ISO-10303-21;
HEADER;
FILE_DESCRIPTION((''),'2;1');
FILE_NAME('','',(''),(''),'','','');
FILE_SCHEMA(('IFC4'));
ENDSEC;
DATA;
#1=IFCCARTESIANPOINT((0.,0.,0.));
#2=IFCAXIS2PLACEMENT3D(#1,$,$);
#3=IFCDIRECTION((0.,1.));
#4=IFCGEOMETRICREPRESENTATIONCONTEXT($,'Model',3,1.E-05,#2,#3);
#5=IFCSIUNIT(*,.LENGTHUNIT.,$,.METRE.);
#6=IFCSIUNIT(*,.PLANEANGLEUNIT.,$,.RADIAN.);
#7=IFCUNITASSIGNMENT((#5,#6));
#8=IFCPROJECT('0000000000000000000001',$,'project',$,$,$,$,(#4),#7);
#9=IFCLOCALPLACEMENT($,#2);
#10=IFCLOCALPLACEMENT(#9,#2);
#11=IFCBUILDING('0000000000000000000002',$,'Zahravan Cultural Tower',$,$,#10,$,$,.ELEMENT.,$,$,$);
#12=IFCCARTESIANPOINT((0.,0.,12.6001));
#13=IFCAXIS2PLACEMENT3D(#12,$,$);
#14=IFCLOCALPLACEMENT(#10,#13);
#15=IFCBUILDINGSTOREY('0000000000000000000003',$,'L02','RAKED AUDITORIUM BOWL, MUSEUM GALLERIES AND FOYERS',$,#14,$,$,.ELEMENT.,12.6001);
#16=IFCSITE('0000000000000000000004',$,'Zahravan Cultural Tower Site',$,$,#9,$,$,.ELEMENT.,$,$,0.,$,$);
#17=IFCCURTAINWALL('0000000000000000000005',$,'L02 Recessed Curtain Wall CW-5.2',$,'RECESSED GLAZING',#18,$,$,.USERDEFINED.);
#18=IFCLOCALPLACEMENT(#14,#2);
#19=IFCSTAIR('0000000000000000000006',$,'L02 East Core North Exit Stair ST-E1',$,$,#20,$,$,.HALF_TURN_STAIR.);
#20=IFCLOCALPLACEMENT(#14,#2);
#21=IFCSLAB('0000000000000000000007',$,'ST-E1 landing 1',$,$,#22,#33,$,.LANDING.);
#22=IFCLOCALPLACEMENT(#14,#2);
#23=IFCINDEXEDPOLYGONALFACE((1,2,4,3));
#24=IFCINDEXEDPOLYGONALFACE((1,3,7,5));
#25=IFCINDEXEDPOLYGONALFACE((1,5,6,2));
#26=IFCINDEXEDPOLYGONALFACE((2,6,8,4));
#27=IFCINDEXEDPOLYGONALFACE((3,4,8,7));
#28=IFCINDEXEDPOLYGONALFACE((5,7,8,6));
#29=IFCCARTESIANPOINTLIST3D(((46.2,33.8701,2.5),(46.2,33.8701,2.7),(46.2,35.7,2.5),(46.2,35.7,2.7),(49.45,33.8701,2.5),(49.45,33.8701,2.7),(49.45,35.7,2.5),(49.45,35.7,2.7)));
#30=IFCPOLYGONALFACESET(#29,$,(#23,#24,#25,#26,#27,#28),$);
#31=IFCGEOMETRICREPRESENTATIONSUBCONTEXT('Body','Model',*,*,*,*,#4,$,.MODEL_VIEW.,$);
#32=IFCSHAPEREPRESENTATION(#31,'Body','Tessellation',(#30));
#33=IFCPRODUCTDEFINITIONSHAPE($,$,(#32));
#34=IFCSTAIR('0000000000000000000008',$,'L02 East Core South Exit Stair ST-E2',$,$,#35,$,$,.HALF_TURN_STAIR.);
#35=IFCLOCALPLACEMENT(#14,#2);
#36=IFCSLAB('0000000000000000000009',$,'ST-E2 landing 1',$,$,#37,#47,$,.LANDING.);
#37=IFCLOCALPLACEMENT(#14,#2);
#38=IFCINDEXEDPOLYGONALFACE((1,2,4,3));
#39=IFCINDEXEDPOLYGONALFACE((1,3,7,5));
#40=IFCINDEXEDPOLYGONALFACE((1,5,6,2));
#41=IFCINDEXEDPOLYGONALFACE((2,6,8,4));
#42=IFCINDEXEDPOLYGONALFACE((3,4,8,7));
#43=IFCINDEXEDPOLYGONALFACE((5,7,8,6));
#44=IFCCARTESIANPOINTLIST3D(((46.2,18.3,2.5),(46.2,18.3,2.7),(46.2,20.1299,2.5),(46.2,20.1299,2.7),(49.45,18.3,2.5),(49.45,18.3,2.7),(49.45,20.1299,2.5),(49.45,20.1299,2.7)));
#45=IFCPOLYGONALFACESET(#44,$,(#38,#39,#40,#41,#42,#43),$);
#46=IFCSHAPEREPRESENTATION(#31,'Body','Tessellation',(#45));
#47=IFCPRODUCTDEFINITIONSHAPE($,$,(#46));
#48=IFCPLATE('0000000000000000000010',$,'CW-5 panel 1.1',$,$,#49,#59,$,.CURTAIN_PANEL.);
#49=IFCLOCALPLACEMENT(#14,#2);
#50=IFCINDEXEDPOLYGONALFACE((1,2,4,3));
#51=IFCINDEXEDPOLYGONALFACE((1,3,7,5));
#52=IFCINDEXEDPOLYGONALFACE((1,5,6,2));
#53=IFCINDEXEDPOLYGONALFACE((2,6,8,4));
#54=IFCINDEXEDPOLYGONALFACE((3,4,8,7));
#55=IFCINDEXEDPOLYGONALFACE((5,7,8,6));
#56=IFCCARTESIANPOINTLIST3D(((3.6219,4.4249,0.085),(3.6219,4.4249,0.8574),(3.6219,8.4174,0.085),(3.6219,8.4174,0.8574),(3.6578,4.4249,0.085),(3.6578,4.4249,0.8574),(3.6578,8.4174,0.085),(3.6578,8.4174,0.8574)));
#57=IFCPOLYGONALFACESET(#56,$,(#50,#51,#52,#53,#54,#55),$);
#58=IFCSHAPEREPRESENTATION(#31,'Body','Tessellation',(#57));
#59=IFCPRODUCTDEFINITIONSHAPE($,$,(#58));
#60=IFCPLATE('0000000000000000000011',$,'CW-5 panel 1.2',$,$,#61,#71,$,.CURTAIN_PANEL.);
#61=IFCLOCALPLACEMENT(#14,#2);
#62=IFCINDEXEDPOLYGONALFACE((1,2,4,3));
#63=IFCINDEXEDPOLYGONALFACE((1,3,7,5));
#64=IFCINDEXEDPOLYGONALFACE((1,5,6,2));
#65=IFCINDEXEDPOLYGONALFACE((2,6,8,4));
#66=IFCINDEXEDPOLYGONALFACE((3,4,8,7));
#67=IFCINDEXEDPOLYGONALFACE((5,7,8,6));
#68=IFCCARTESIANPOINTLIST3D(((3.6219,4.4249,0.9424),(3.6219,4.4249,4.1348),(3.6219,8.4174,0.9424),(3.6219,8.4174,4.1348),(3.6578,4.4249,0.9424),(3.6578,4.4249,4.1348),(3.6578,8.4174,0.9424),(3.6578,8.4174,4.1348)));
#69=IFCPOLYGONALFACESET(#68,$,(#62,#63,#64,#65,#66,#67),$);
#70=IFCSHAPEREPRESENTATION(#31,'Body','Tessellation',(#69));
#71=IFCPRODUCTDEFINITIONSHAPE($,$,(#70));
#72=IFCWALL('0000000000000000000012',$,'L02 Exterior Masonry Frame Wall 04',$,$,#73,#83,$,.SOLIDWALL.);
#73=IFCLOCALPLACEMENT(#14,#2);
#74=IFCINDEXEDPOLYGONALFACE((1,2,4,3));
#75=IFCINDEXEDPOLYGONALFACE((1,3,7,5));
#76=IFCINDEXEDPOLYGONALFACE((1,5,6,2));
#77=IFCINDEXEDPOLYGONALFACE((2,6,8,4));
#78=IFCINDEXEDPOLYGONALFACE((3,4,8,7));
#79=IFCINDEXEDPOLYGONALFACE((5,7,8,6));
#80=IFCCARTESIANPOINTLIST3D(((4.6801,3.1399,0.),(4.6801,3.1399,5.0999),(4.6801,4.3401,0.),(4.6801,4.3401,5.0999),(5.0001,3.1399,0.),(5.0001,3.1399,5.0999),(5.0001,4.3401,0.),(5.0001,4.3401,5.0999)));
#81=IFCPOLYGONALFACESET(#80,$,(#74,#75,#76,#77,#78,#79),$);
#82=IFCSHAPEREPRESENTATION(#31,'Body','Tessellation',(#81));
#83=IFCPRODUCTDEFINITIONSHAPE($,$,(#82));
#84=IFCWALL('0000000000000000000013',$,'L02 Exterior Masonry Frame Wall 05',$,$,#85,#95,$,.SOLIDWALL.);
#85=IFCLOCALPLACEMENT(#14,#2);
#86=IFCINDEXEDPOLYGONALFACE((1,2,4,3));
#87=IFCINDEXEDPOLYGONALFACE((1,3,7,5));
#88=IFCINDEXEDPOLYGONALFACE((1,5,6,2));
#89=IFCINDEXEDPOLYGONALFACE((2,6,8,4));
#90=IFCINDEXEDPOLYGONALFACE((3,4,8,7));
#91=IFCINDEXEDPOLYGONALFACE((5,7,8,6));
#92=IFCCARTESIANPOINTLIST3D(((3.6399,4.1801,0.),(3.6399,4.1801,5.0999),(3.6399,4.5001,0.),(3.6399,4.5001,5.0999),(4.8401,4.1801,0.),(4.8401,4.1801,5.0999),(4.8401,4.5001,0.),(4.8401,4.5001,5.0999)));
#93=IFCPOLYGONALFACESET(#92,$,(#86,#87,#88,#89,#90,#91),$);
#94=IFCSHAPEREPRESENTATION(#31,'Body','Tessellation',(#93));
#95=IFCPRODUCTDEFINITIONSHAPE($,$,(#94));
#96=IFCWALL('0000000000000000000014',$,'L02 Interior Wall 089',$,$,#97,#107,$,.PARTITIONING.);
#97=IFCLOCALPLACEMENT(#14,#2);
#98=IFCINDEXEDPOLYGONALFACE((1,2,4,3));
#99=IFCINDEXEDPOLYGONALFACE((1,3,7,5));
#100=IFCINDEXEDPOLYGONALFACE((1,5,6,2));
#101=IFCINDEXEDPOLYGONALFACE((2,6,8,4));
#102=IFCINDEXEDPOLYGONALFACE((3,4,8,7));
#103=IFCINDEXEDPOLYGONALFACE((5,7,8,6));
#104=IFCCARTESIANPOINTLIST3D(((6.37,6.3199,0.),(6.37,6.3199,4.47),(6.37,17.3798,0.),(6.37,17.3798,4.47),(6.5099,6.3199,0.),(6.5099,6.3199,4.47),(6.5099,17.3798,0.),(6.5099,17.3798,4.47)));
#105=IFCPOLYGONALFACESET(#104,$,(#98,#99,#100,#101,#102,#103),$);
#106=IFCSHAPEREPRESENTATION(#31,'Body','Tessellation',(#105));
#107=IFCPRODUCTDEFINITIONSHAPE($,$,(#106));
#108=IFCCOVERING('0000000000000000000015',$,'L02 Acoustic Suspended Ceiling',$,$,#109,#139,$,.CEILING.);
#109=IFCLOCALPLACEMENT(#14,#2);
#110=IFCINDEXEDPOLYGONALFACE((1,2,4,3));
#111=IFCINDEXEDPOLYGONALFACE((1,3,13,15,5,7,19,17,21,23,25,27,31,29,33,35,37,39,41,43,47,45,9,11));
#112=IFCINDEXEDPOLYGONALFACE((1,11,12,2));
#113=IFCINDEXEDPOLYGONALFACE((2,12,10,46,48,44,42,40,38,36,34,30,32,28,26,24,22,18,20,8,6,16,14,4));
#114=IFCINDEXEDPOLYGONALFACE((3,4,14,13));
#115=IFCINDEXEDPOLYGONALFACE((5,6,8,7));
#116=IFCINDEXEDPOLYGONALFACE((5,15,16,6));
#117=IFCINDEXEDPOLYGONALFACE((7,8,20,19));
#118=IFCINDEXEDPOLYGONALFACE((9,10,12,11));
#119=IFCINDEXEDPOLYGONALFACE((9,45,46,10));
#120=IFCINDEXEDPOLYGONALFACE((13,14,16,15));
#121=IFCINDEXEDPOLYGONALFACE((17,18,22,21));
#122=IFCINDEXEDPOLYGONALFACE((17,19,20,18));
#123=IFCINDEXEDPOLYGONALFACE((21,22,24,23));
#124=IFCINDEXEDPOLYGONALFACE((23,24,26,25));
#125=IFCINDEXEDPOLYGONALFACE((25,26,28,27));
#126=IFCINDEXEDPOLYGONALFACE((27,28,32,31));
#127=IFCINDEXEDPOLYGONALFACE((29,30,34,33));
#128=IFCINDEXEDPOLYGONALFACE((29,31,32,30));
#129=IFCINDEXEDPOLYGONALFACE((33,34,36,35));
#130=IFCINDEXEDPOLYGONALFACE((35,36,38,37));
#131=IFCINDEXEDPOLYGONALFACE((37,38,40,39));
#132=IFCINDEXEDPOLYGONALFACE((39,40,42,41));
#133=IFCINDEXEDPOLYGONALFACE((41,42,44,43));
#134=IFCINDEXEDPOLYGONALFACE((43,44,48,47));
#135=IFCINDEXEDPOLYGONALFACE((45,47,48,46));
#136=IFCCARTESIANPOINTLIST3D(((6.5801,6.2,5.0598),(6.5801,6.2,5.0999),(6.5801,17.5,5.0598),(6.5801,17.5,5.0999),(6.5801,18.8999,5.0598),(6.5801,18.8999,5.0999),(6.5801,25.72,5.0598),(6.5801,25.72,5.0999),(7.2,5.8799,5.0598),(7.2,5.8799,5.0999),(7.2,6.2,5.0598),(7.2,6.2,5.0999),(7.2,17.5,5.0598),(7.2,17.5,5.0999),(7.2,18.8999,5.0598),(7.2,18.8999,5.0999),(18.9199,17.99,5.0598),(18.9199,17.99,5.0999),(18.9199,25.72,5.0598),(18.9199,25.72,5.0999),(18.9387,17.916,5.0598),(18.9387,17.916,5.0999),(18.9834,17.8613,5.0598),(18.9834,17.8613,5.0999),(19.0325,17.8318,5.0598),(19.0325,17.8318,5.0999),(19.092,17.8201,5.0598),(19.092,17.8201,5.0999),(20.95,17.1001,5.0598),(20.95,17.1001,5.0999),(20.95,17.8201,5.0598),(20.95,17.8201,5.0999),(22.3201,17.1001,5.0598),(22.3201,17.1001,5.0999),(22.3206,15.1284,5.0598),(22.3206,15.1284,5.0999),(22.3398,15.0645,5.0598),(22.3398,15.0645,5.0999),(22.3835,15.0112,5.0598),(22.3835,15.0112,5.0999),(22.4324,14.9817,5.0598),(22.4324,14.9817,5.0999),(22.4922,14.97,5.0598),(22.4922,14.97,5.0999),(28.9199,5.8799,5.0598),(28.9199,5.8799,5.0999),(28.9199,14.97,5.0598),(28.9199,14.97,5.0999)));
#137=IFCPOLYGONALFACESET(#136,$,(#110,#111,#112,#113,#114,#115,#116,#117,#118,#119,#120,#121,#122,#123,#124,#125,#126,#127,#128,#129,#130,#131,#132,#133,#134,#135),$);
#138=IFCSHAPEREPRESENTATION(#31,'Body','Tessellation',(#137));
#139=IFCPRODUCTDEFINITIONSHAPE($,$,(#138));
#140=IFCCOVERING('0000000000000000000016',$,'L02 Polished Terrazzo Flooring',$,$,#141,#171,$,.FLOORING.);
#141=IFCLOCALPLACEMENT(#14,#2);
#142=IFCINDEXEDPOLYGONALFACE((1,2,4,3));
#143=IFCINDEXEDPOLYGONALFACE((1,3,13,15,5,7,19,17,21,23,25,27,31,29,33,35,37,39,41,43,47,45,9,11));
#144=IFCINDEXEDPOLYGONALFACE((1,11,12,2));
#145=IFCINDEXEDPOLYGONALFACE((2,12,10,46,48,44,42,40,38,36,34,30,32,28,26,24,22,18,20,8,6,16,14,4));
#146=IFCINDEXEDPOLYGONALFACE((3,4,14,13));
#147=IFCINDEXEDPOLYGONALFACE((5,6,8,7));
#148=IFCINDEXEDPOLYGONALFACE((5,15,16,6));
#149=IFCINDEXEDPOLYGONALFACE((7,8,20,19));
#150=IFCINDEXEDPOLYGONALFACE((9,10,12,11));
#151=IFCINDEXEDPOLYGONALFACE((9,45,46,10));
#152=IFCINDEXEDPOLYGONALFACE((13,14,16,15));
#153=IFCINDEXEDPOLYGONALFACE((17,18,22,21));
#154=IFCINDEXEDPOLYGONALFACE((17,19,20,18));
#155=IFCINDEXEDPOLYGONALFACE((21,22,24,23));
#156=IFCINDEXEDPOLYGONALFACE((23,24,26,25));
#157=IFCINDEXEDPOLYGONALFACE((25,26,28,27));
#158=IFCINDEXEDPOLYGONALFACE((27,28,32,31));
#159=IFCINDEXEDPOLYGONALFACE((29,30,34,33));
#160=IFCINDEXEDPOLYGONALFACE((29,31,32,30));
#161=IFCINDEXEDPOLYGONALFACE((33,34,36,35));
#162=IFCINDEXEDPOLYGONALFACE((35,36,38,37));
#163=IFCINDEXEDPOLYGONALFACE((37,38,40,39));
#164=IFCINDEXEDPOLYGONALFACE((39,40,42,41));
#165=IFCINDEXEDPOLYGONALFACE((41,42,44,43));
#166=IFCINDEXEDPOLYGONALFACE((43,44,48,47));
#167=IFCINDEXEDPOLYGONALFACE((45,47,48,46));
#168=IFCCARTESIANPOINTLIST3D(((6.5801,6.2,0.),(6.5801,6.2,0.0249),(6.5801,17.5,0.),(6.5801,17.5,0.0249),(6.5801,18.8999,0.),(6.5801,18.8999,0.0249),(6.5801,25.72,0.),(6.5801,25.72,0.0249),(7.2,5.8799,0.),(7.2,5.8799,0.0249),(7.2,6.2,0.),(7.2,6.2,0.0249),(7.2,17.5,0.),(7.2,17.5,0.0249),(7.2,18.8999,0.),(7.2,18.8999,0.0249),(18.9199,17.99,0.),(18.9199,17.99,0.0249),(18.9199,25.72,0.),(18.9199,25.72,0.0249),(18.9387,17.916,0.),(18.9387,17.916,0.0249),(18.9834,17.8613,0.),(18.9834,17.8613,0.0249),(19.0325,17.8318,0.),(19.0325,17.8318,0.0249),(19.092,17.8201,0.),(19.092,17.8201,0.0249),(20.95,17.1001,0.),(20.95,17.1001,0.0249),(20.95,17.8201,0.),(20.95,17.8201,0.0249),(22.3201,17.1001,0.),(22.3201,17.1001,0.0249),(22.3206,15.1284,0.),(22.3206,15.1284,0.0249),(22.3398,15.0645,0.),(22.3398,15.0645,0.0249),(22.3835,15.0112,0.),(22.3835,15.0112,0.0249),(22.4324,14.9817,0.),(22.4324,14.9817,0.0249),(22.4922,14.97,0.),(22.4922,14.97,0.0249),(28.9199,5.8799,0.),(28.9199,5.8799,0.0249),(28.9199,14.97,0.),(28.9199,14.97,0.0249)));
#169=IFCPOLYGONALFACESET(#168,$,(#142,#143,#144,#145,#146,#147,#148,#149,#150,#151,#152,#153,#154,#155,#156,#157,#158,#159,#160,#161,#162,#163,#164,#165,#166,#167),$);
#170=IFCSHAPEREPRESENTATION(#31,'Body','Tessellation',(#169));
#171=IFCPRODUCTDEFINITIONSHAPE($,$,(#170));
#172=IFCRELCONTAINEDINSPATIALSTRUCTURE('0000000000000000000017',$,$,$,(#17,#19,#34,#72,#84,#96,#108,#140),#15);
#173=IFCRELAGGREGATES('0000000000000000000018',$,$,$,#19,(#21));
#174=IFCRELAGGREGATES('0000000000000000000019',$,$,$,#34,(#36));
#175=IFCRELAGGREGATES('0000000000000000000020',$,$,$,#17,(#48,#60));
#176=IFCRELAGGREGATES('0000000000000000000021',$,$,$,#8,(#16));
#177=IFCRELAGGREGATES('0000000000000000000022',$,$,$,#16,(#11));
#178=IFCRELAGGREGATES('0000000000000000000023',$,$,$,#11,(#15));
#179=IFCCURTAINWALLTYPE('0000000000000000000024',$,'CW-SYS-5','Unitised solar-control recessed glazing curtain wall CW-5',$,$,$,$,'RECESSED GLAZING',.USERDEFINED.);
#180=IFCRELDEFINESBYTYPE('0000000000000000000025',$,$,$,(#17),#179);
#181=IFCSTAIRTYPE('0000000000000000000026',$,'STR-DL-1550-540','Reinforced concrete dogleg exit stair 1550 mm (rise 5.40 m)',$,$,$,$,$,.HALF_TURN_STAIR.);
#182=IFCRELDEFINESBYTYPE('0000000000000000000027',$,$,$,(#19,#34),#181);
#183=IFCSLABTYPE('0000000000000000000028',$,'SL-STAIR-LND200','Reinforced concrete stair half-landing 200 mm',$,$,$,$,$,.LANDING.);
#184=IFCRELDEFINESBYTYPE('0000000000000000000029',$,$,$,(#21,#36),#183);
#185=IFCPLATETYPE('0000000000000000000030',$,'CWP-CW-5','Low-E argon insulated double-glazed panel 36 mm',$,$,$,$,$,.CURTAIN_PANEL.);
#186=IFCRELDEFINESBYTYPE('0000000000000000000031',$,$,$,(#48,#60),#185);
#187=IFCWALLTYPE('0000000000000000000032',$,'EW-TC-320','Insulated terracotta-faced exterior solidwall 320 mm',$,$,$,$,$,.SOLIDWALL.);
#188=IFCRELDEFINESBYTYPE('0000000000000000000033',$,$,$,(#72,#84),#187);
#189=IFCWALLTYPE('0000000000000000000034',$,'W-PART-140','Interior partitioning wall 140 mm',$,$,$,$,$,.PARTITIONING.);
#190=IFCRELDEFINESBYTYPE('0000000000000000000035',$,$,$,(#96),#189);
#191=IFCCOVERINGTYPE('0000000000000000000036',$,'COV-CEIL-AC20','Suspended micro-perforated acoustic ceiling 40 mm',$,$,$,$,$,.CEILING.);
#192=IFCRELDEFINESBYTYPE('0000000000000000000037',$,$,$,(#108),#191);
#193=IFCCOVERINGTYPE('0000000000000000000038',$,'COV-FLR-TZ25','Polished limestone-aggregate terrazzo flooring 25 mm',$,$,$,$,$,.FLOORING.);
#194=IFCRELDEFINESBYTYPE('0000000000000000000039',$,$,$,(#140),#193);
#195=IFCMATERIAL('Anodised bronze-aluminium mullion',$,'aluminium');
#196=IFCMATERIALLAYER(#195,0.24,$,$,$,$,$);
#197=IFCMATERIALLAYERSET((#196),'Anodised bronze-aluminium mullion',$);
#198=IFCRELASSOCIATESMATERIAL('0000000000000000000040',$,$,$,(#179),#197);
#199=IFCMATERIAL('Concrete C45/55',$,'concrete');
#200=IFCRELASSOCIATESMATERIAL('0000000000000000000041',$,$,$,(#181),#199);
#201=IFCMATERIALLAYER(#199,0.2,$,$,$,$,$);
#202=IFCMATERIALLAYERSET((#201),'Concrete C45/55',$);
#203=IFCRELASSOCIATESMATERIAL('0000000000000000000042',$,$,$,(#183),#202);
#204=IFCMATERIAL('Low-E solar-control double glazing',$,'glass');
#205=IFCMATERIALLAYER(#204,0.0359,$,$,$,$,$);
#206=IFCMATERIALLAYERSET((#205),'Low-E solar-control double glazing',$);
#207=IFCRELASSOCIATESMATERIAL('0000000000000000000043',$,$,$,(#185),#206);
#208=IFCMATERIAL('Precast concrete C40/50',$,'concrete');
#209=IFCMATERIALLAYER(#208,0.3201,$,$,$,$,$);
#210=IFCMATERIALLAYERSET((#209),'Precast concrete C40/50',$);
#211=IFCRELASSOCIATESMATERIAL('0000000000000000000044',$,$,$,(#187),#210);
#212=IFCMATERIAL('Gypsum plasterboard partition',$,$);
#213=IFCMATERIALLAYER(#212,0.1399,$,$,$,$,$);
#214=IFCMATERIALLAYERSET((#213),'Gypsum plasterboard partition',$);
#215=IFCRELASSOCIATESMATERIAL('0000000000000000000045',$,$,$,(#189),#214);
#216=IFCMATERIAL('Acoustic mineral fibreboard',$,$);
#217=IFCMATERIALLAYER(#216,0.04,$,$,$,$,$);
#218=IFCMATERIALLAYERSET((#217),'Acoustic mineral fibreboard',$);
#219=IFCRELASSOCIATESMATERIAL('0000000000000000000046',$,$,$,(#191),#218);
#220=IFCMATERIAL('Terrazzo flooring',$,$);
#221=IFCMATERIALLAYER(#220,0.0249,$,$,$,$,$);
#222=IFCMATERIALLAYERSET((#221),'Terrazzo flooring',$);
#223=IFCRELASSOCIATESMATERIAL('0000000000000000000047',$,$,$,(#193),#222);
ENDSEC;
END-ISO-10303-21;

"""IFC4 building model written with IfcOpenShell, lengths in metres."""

from ifc_helpers import new_model, si_unit, direction, frame, frame_2d, origin, origin_2d, place, context, subcontext, project, spatial, polyline, rectangle, outline, extrude, source, transform, mapped, material, layer, layer_set, type_object, element, aggregate, save


model = new_model("IFC4")

# Units and contexts
model_context = context("Model", 3, precision=1e-05, world=origin(), true_north=direction((0.0, 1.0)))
body_context = subcontext(model_context, "Body", "Model", "MODEL_VIEW")
ifc_project = project(units=[si_unit("LENGTHUNIT", "METRE"), si_unit("PLANEANGLEUNIT", "RADIAN")], contexts=[model_context])

# Site, building, storey
site_placement = place(None, origin())
site = spatial("IfcSite", under=ifc_project, at=site_placement, Name="Zahravan Cultural Tower Site", CompositionType="ELEMENT", RefElevation=0.0)
building_placement = place(site_placement, origin())
building = spatial("IfcBuilding", under=site, at=building_placement, Name="Zahravan Cultural Tower", CompositionType="ELEMENT")
storey_placement = place(building_placement, frame((0.0, 0.0, 12.6001)))
storey = spatial("IfcBuildingStorey", under=building, at=storey_placement, Name="L02", Description="RAKED AUDITORIUM BOWL, MUSEUM GALLERIES AND FOYERS", CompositionType="ELEMENT", Elevation=12.6001)

# Curtain wall
ifc_material_1 = material(Name="Anodised bronze-aluminium mullion", Category="aluminium")
ifc_layer_1 = layer(ifc_material_1, 0.24)
ifc_layer_set_1 = layer_set([ifc_layer_1], Name="Anodised bronze-aluminium mullion")
curtain_wall_type = type_object("IfcCurtainWallType", Name="CW-SYS-5", Description="Unitised solar-control recessed glazing curtain wall CW-5", ElementType="RECESSED GLAZING", PredefinedType="USERDEFINED", material=ifc_layer_set_1)
curtain_wall_placement = place(storey_placement, origin())
curtain_wall = element("IfcCurtainWall", 1, at=curtain_wall_placement, inside=storey, type_object=curtain_wall_type, Name="L02 Recessed Curtain Wall CW-5.2", ObjectType="RECESSED GLAZING", PredefinedType="USERDEFINED")

# Shared definitions
ifc_material_2 = material(Name="Concrete C45/55", Category="concrete")

# Stairs, slabs
stair_type = type_object("IfcStairType", Name="STR-DL-1550-540", Description="Reinforced concrete dogleg exit stair 1550 mm (rise 5.40 m)", PredefinedType="HALF_TURN_STAIR", material=ifc_material_2)
ifc_layer_2 = layer(ifc_material_2, 0.2)
ifc_layer_set_2 = layer_set([ifc_layer_2], Name="Concrete C45/55")
slab_type_1 = type_object("IfcSlabType", Name="SL-STAIR-LND200", Description="Reinforced concrete stair half-landing 200 mm", PredefinedType="LANDING", material=ifc_layer_set_2)
stair_1_placement = place(storey_placement, origin())
stair_1 = element("IfcStair", 2, at=stair_1_placement, inside=storey, type_object=stair_type, Name="L02 East Core North Exit Stair ST-E1", PredefinedType="HALF_TURN_STAIR")
slab_1_placement = place(storey_placement, frame((0.0, 0.0, 2.5)))
slab_1 = element("IfcSlab", 3, at=slab_1_placement, type_object=slab_type_1, Name="ST-E1 landing 1", PredefinedType="LANDING", context=body_context, shape_type="SweptSolid", body=[
    extrude(outline(polyline([(49.45, 33.8701), (49.45, 35.7), (46.2, 35.7), (46.2, 33.8701), (49.45, 33.8701)])), origin(), (0.0, 0.0, 1.0), 0.2),
])
aggregate(stair_1, [slab_1])
stair_2_placement = place(storey_placement, origin())
stair_2 = element("IfcStair", 4, at=stair_2_placement, inside=storey, type_object=stair_type, Name="L02 East Core South Exit Stair ST-E2", PredefinedType="HALF_TURN_STAIR")
slab_2_placement = place(storey_placement, frame((0.0, 0.0, 2.5)))
slab_2 = element("IfcSlab", 5, at=slab_2_placement, type_object=slab_type_1, Name="ST-E2 landing 1", PredefinedType="LANDING", context=body_context, shape_type="SweptSolid", body=[
    extrude(outline(polyline([(46.2, 20.1299), (46.2, 18.3), (49.45, 18.3), (49.45, 20.1299), (46.2, 20.1299)])), origin(), (0.0, 0.0, 1.0), 0.2),
])
aggregate(stair_2, [slab_2])

# Plates
ifc_material_3 = material(Name="Low-E solar-control double glazing", Category="glass")
ifc_layer_3 = layer(ifc_material_3, 0.0359)
ifc_layer_set_3 = layer_set([ifc_layer_3], Name="Low-E solar-control double glazing")
plate_type = type_object("IfcPlateType", Name="CWP-CW-5", Description="Low-E argon insulated double-glazed panel 36 mm", PredefinedType="CURTAIN_PANEL", material=ifc_layer_set_3)
shared_shape_1 = source(origin(), body_context, "Body", "SweptSolid", [
    extrude(rectangle(XDim=3.9924, YDim=0.0359, at=origin_2d()), origin(), (0.0, 0.0, 1.0), 0.7725),
])
plate_1_placement = place(storey_placement, frame((3.6399, 6.4211, 0.085), z_axis=(0.0, 0.0, 1.0), x_axis=(0.0, 1.0, 0.0)))
plate_1 = element("IfcPlate", 6, at=plate_1_placement, type_object=plate_type, Name="CW-5 panel 1.1", PredefinedType="CURTAIN_PANEL", context=body_context, shape_type="MappedRepresentation", body=[
    mapped(shared_shape_1, transform((0.0, 0.0, 0.0), x_axis=(1.0, 0.0, 0.0), y_axis=(0.0, 1.0, 0.0), z_axis=(0.0, 0.0, 1.0), scale=1.0)),
])
shared_shape_2 = source(origin(), body_context, "Body", "SweptSolid", [
    extrude(rectangle(XDim=3.9924, YDim=0.0359, at=origin_2d()), origin(), (0.0, 0.0, 1.0), 3.1924),
])
plate_2_placement = place(storey_placement, frame((3.6399, 6.4211, 0.9424), z_axis=(0.0, 0.0, 1.0), x_axis=(0.0, 1.0, 0.0)))
plate_2 = element("IfcPlate", 7, at=plate_2_placement, type_object=plate_type, Name="CW-5 panel 1.2", PredefinedType="CURTAIN_PANEL", context=body_context, shape_type="MappedRepresentation", body=[
    mapped(shared_shape_2, transform((0.0, 0.0, 0.0), x_axis=(1.0, 0.0, 0.0), y_axis=(0.0, 1.0, 0.0), z_axis=(0.0, 0.0, 1.0), scale=1.0)),
])
aggregate(curtain_wall, [plate_1, plate_2])

# Walls
ifc_material_4 = material(Name="Precast concrete C40/50", Category="concrete")
ifc_layer_4 = layer(ifc_material_4, 0.3201)
ifc_layer_set_4 = layer_set([ifc_layer_4], Name="Precast concrete C40/50")
wall_type_1 = type_object("IfcWallType", Name="EW-TC-320", Description="Insulated terracotta-faced exterior solidwall 320 mm", PredefinedType="SOLIDWALL", material=ifc_layer_set_4)
shared_shape_3 = source(origin(), body_context, "Body", "SweptSolid", [
    extrude(rectangle(XDim=1.2002, YDim=0.3201, at=frame_2d((0.6001, 0.0))), origin(), (0.0, 0.0, 1.0), 5.0999),
])
for number, where, z_axis, x_axis, name in (
    (8, (4.8401, 3.1399, 0.0), (0.0, 0.0, 1.0), (0.0, 1.0, 0.0), "L02 Exterior Masonry Frame Wall 04"),
    (9, (4.8401, 4.3401, 0.0), (0.0, 0.0, 1.0), (-1.0, 0.0, 0.0), "L02 Exterior Masonry Frame Wall 05"),
):
    element("IfcWall", number, at=place(storey_placement, frame(where, z_axis=z_axis, x_axis=x_axis)), inside=storey, type_object=wall_type_1, Name=name, PredefinedType="SOLIDWALL", context=body_context, shape_type="MappedRepresentation", body=[
        mapped(shared_shape_3, transform((0.0, 0.0, 0.0), x_axis=(1.0, 0.0, 0.0), y_axis=(0.0, 1.0, 0.0), z_axis=(0.0, 0.0, 1.0), scale=1.0)),
    ])
ifc_material_5 = material(Name="Gypsum plasterboard partition")
ifc_layer_5 = layer(ifc_material_5, 0.1399)
ifc_layer_set_5 = layer_set([ifc_layer_5], Name="Gypsum plasterboard partition")
wall_type_2 = type_object("IfcWallType", Name="W-PART-140", Description="Interior partitioning wall 140 mm", PredefinedType="PARTITIONING", material=ifc_layer_set_5)
shared_shape_4 = source(origin(), body_context, "Body", "SweptSolid", [
    extrude(rectangle(XDim=11.0598, YDim=0.1399, at=frame_2d((5.5298, 0.0))), origin(), (0.0, 0.0, 1.0), 4.47),
])
wall_placement = place(storey_placement, frame((6.4399, 6.3201, 0.0), z_axis=(0.0, 0.0, 1.0), x_axis=(0.0, 1.0, 0.0)))
element("IfcWall", 10, at=wall_placement, inside=storey, type_object=wall_type_2, Name="L02 Interior Wall 089", PredefinedType="PARTITIONING", context=body_context, shape_type="MappedRepresentation", body=[
    mapped(shared_shape_4, transform((0.0, 0.0, 0.0), x_axis=(1.0, 0.0, 0.0), y_axis=(0.0, 1.0, 0.0), z_axis=(0.0, 0.0, 1.0), scale=1.0)),
])

# Coverings
ifc_material_6 = material(Name="Acoustic mineral fibreboard")
ifc_layer_6 = layer(ifc_material_6, 0.04)
ifc_layer_set_6 = layer_set([ifc_layer_6], Name="Acoustic mineral fibreboard")
covering_type_1 = type_object("IfcCoveringType", Name="COV-CEIL-AC20", Description="Suspended micro-perforated acoustic ceiling 40 mm", PredefinedType="CEILING", material=ifc_layer_set_6)
covering_1_placement = place(storey_placement, frame((0.0, 0.0, 5.0598)))
element("IfcCovering", 11, at=covering_1_placement, inside=storey, type_object=covering_type_1, Name="L02 Acoustic Suspended Ceiling", PredefinedType="CEILING", context=body_context, shape_type="SweptSolid", body=[
    extrude(outline(polyline([(20.95, 17.1001), (20.95, 17.8201), (19.092, 17.8201), (19.0325, 17.8318), (18.9834, 17.8613), (18.9387, 17.916), (18.9199, 17.99), (18.9199, 25.72), (6.5801, 25.72), (6.5801, 18.8999), (7.2, 18.8999), (7.2, 17.5), (6.5801, 17.5), (6.5801, 6.2), (7.2, 6.2), (7.2, 5.8799), (28.9199, 5.8799), (28.9199, 14.97), (22.4922, 14.97), (22.4324, 14.9817), (22.3835, 15.0112), (22.3398, 15.0645), (22.3206, 15.1284), (22.3201, 17.1001), (20.95, 17.1001)])), origin(), (0.0, 0.0, 1.0), 0.04),
])
ifc_material_7 = material(Name="Terrazzo flooring")
ifc_layer_7 = layer(ifc_material_7, 0.0249)
ifc_layer_set_7 = layer_set([ifc_layer_7], Name="Terrazzo flooring")
covering_type_2 = type_object("IfcCoveringType", Name="COV-FLR-TZ25", Description="Polished limestone-aggregate terrazzo flooring 25 mm", PredefinedType="FLOORING", material=ifc_layer_set_7)
covering_2_placement = place(storey_placement, origin())
element("IfcCovering", 12, at=covering_2_placement, inside=storey, type_object=covering_type_2, Name="L02 Polished Terrazzo Flooring", PredefinedType="FLOORING", context=body_context, shape_type="SweptSolid", body=[
    extrude(outline(polyline([(20.95, 17.1001), (20.95, 17.8201), (19.092, 17.8201), (19.0325, 17.8318), (18.9834, 17.8613), (18.9387, 17.916), (18.9199, 17.99), (18.9199, 25.72), (6.5801, 25.72), (6.5801, 18.8999), (7.2, 18.8999), (7.2, 17.5), (6.5801, 17.5), (6.5801, 6.2), (7.2, 6.2), (7.2, 5.8799), (28.9199, 5.8799), (28.9199, 14.97), (22.4922, 14.97), (22.4324, 14.9817), (22.3835, 15.0112), (22.3398, 15.0645), (22.3206, 15.1284), (22.3201, 17.1001), (20.95, 17.1001)])), origin(), (0.0, 0.0, 1.0), 0.0249),
])

save(model, "model.ifc")
